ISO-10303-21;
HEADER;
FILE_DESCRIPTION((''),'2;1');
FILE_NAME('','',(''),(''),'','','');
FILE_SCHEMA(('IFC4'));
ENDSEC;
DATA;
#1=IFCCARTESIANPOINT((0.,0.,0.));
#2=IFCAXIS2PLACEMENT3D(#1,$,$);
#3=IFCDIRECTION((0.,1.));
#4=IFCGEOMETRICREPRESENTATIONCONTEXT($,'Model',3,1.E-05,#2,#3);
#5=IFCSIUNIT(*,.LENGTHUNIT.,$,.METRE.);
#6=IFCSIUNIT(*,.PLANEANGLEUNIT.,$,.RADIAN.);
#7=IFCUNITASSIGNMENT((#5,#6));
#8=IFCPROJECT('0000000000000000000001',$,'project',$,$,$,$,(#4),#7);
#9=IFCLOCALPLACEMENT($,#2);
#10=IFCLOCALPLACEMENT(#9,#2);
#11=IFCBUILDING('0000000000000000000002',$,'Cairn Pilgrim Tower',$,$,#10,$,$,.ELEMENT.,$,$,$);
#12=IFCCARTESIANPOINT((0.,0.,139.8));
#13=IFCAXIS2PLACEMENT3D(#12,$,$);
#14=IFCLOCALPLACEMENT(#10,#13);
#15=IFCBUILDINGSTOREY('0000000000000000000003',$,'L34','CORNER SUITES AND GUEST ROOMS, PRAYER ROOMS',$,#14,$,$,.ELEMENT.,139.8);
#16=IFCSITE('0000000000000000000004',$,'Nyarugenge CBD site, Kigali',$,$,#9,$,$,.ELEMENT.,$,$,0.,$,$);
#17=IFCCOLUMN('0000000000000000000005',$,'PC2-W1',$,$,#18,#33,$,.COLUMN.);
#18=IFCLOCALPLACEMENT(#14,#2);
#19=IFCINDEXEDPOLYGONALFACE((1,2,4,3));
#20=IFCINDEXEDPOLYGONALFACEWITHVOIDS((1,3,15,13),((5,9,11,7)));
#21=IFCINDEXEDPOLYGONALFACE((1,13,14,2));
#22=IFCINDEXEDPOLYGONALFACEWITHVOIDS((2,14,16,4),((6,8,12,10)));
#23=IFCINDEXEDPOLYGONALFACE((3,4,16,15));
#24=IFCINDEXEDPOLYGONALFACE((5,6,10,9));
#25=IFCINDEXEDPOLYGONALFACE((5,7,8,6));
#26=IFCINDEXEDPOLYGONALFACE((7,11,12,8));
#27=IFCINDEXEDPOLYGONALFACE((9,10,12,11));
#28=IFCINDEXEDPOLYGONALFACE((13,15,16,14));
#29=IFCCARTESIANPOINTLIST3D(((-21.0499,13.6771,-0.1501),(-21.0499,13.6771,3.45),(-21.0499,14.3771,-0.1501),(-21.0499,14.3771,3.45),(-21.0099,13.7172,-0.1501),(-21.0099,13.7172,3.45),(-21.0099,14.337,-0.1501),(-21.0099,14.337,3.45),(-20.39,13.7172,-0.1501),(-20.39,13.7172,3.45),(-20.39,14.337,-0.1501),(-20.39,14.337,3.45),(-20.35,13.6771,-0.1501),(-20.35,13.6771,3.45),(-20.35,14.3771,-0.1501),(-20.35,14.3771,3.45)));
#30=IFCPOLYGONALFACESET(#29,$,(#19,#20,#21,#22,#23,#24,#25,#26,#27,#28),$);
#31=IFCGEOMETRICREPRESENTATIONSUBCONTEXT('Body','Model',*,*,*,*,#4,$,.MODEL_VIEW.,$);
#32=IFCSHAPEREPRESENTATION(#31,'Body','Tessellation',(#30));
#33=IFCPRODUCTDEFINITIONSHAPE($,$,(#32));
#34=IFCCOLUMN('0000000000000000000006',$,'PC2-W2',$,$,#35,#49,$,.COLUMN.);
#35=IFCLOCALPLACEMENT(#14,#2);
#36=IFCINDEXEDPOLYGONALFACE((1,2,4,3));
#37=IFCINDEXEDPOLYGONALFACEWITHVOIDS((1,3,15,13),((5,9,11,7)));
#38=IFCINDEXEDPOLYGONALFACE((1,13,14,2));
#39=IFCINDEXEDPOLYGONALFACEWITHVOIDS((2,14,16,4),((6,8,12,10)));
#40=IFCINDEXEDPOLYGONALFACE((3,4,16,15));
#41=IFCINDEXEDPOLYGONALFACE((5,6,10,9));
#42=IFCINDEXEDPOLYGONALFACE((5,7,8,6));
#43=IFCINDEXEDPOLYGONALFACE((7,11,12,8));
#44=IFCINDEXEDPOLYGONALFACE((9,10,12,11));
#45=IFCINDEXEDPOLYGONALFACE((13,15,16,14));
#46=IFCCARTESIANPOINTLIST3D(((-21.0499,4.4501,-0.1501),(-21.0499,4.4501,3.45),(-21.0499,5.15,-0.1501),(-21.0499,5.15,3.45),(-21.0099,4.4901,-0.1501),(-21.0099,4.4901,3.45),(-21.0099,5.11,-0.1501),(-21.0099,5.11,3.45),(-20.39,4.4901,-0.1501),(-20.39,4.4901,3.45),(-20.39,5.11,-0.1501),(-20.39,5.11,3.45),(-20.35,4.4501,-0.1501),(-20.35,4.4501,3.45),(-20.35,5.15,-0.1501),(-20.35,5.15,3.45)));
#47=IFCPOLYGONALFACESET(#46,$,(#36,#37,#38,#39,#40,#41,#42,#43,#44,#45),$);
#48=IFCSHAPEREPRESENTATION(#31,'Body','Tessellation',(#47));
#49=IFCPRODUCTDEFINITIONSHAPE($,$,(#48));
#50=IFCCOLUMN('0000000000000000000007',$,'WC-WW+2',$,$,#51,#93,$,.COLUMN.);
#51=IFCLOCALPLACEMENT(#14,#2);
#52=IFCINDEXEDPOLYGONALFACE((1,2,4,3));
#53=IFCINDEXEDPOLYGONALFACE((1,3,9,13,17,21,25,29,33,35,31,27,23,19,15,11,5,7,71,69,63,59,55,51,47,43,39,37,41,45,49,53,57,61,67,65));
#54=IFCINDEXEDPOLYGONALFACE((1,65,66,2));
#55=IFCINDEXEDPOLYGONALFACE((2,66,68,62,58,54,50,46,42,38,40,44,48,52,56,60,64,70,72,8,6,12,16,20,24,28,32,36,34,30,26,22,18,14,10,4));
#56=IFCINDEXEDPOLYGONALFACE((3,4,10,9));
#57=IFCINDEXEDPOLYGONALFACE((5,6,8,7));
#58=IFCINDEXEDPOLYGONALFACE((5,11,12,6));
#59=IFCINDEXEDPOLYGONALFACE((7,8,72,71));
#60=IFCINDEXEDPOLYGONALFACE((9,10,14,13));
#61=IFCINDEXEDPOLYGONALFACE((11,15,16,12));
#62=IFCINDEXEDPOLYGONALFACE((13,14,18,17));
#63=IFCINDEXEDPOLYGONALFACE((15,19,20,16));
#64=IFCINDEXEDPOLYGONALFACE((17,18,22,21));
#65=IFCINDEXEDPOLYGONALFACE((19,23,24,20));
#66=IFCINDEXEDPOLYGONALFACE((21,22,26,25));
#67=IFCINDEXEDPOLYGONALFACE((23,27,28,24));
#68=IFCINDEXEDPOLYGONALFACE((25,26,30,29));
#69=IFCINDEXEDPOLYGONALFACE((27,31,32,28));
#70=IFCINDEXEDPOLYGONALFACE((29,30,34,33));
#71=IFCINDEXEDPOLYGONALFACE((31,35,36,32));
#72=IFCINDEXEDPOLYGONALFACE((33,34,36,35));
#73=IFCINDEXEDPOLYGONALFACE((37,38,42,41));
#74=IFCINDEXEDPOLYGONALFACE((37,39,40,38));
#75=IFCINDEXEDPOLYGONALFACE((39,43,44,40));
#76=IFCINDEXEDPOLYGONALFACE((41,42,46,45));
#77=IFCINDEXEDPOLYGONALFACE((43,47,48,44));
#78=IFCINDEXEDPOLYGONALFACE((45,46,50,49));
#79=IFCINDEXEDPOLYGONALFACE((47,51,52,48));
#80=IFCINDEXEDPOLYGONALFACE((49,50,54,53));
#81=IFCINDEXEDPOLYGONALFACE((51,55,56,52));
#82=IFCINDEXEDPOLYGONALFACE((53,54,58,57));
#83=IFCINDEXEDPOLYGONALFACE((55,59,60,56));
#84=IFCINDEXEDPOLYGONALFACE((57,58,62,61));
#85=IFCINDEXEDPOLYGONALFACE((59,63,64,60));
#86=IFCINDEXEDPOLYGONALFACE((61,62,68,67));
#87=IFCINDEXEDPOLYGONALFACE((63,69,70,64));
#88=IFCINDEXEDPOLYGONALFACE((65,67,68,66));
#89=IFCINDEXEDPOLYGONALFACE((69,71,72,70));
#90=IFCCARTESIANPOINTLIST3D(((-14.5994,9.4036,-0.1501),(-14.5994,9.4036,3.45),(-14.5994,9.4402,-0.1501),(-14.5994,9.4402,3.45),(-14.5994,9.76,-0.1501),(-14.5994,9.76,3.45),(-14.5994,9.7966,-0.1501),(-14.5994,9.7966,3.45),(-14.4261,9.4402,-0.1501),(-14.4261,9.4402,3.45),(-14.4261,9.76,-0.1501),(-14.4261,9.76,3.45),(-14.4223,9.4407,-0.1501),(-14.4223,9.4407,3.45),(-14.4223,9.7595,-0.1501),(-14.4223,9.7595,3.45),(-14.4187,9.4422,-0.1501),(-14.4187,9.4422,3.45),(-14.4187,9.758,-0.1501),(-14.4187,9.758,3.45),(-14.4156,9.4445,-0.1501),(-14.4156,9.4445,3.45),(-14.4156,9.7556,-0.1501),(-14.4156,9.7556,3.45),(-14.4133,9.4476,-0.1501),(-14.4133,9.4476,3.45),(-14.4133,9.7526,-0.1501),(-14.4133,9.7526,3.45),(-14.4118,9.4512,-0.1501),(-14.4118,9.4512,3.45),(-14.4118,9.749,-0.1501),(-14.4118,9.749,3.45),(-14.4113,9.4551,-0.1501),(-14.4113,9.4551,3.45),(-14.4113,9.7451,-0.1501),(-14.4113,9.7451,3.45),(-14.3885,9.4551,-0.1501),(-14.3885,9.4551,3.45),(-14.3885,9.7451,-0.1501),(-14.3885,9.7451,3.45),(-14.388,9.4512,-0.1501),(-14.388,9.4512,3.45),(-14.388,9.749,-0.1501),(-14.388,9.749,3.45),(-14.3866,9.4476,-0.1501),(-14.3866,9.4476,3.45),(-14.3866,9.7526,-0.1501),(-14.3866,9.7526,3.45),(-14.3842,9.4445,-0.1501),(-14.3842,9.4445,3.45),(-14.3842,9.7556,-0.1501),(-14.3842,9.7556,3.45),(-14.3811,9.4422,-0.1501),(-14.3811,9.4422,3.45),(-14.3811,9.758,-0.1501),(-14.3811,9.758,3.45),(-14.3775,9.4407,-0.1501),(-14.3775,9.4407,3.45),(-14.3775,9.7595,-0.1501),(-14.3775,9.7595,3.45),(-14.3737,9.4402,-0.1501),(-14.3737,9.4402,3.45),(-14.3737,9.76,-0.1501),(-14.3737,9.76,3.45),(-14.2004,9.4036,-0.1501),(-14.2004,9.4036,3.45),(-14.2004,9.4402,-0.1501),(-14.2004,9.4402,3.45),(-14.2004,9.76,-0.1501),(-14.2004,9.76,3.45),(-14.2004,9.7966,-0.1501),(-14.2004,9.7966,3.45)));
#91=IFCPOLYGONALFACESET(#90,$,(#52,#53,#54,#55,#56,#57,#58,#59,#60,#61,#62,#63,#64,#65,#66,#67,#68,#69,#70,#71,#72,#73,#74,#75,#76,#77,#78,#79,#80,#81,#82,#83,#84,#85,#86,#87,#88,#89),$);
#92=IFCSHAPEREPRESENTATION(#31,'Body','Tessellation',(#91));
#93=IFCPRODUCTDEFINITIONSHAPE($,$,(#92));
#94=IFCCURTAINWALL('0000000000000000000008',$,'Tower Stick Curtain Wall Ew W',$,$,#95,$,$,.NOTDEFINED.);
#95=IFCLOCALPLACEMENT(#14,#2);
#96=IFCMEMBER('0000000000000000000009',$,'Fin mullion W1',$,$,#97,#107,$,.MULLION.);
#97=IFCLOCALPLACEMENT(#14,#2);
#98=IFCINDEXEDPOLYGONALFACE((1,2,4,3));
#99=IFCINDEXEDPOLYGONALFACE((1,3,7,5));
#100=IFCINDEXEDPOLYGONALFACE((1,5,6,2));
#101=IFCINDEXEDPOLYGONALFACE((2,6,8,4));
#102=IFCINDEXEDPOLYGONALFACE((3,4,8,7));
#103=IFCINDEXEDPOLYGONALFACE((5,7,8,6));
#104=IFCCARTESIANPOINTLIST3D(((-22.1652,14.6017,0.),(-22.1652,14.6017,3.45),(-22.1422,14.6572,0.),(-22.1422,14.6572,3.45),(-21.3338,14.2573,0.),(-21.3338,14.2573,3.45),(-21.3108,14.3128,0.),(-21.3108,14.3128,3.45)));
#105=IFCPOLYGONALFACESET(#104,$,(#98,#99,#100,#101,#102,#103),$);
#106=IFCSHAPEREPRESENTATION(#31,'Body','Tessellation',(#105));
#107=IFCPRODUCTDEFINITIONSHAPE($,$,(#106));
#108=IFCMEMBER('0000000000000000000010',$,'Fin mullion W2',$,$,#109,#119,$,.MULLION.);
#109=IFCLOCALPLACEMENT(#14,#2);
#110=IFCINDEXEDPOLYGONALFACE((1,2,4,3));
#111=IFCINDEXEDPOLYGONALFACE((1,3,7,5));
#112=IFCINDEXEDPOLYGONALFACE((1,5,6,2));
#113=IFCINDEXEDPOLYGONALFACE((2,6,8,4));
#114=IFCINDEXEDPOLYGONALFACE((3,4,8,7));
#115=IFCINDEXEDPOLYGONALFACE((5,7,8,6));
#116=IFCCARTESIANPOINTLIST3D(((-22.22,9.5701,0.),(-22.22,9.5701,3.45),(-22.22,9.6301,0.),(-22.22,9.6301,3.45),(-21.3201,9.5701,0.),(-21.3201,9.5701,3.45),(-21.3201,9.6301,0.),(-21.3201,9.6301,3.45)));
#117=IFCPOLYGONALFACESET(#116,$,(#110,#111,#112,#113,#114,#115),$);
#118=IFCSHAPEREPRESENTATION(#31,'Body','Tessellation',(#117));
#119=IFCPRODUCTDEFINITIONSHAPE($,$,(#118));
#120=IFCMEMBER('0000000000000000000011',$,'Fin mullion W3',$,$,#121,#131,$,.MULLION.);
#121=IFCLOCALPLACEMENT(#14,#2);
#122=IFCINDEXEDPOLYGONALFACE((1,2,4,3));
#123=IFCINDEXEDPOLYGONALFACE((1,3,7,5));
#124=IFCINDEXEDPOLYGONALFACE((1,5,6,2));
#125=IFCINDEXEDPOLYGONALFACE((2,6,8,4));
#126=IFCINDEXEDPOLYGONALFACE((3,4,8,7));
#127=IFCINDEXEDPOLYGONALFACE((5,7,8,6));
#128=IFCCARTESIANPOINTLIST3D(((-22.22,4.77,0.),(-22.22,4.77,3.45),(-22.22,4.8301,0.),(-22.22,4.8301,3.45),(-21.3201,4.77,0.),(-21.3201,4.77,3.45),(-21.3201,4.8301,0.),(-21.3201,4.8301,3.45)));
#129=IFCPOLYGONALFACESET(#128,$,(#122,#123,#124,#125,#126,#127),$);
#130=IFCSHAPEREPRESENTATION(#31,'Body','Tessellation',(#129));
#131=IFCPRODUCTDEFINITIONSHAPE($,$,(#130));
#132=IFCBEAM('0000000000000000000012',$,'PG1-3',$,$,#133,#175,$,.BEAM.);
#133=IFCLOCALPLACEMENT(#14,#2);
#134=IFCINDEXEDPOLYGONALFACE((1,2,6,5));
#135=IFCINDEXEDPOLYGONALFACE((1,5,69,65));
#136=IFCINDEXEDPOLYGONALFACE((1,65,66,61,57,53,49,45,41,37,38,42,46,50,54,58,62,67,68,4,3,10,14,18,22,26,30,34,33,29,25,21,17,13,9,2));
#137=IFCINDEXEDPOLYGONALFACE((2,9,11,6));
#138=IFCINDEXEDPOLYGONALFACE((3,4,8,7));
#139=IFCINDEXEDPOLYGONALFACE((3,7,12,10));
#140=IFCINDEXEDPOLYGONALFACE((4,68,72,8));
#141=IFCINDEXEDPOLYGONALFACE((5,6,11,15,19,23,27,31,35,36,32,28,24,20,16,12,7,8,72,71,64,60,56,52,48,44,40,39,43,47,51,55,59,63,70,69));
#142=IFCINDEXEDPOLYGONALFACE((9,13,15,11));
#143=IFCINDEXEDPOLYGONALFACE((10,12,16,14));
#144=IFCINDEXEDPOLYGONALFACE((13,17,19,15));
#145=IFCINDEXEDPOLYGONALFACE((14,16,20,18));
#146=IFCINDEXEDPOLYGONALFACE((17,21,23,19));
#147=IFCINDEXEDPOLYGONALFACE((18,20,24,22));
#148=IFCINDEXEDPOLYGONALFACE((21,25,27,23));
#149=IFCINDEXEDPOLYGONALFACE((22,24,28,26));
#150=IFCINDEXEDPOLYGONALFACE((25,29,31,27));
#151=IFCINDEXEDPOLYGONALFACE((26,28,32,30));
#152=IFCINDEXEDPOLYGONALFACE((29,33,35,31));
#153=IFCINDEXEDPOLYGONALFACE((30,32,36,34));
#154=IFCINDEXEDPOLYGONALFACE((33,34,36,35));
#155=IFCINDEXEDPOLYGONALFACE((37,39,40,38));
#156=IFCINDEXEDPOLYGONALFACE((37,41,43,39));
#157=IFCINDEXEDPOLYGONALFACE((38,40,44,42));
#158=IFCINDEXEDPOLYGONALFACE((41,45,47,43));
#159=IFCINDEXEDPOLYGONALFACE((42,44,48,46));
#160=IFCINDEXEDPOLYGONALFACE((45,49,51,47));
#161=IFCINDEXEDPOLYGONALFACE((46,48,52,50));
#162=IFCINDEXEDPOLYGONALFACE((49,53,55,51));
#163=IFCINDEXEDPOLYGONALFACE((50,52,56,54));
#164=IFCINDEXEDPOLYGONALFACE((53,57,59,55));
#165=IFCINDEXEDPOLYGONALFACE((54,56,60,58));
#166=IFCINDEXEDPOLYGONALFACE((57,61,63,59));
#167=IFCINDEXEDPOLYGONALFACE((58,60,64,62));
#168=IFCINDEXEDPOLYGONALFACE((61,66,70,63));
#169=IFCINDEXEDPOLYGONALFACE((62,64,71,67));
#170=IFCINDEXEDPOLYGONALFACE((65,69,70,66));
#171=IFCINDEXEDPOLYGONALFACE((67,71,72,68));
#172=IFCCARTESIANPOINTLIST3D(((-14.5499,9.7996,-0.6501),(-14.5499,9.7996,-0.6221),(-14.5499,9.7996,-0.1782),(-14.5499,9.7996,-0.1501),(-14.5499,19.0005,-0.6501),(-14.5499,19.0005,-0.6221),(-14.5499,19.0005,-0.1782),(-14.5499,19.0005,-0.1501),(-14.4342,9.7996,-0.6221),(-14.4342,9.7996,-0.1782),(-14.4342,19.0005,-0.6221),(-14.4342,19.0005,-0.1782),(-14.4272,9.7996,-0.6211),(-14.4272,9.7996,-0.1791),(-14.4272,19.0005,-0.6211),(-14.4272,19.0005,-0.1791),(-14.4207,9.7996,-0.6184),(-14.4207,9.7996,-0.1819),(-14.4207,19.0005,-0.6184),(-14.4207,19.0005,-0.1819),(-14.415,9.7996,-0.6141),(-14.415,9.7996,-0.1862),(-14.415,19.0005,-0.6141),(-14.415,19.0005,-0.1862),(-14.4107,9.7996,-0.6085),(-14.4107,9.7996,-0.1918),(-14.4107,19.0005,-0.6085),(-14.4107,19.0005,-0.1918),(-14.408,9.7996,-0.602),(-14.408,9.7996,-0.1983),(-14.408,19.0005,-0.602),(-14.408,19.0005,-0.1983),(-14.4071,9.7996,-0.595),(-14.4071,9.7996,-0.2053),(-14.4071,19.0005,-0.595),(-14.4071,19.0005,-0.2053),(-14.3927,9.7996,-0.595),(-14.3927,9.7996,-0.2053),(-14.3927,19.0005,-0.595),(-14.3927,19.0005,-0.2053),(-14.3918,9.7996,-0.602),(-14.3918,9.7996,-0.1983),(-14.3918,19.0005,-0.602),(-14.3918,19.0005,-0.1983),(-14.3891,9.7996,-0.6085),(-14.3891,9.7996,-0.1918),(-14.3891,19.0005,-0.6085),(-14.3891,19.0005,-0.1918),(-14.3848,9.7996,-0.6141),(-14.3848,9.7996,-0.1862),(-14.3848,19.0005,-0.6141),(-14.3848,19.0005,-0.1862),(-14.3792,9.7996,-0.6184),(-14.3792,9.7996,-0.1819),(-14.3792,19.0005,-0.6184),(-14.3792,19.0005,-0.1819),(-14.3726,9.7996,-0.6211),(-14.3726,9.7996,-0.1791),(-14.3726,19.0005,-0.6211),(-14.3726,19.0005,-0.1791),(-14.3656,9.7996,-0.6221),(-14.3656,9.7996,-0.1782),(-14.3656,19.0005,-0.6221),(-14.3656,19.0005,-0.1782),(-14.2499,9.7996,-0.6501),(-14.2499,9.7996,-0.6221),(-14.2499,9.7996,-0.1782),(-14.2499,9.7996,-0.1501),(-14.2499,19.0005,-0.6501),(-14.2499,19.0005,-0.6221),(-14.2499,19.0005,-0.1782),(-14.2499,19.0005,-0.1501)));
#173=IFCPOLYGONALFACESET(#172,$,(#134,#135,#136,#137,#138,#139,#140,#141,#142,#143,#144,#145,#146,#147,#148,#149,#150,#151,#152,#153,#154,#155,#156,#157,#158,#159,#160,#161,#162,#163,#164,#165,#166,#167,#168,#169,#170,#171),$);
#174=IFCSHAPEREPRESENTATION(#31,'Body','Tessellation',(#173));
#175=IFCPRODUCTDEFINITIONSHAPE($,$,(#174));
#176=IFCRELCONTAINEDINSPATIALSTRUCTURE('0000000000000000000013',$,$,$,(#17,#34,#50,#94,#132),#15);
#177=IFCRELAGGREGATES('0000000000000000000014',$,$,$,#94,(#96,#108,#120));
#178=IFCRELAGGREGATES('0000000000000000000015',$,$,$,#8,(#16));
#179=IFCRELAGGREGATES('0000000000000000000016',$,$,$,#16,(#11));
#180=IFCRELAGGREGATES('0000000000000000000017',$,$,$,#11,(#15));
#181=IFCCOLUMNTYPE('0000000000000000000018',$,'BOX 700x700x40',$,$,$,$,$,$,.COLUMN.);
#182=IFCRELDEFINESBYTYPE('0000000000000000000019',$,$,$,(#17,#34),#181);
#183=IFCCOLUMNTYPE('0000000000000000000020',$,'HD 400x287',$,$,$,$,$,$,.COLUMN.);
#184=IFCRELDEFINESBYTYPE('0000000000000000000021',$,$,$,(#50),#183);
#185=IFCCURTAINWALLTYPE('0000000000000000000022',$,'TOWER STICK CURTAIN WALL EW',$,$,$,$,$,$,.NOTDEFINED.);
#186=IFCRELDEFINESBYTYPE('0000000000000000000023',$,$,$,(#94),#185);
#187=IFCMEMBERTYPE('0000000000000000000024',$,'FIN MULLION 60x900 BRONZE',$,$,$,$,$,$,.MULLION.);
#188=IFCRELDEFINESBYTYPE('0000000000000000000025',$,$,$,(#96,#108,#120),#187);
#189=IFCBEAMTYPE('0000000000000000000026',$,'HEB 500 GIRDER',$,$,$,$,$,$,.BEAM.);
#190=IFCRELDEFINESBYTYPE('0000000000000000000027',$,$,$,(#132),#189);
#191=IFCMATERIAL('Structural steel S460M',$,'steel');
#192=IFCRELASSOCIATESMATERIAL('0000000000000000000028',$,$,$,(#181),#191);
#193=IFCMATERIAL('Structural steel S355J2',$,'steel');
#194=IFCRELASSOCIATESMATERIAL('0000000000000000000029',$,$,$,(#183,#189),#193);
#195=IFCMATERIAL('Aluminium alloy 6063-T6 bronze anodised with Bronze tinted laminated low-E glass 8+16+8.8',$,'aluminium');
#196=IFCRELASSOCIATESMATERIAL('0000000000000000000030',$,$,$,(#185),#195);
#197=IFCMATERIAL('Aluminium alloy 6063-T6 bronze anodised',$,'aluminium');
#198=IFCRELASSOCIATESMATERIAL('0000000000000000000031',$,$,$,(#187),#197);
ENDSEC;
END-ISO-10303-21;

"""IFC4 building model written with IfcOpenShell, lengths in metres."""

from ifc_helpers import new_model, si_unit, direction, frame, origin, origin_2d, place, context, subcontext, project, spatial, rectangle, hollow_rectangle, i_section, extrude, material, material_profile, profile_set, type_object, element, aggregate, save


model = new_model("IFC4")

# Units and contexts
model_context = context("Model", 3, precision=1e-05, world=origin(), true_north=direction((0.0, 1.0)))
body_context = subcontext(model_context, "Body", "Model", "MODEL_VIEW")
ifc_project = project(units=[si_unit("LENGTHUNIT", "METRE"), si_unit("PLANEANGLEUNIT", "RADIAN")], contexts=[model_context])

# Site, building, storey
site_placement = place(None, origin())
site = spatial("IfcSite", under=ifc_project, at=site_placement, Name="Nyarugenge CBD site, Kigali", CompositionType="ELEMENT", RefElevation=0.0)
building_placement = place(site_placement, origin())
building = spatial("IfcBuilding", under=site, at=building_placement, Name="Cairn Pilgrim Tower", CompositionType="ELEMENT")
storey_placement = place(building_placement, frame((0.0, 0.0, 139.8)))
storey = spatial("IfcBuildingStorey", under=building, at=storey_placement, Name="L34", Description="CORNER SUITES AND GUEST ROOMS, PRAYER ROOMS", CompositionType="ELEMENT", Elevation=139.8)

# Columns
ifc_material_1 = material(Name="Structural steel S460M", Category="steel")
ifc_material_profile_1 = material_profile(ifc_material_1, hollow_rectangle(XDim=0.7, YDim=0.7, WallThickness=0.04, at=origin_2d()), Name="BOX 700x700x40")
ifc_profile_set_1 = profile_set([ifc_material_profile_1], Name="Structural steel S460M")
column_type_1 = type_object("IfcColumnType", Name="BOX 700x700x40", PredefinedType="COLUMN", material=ifc_profile_set_1)
for number, where, z_axis, x_axis, name in (
    (1, (-20.7, 14.0271, -0.1501), (0.0, 0.0, 1.0), (1.0, 0.0, 0.0), "PC2-W1"),
    (2, (-20.7, 4.8, -0.1501), (0.0, 0.0, 1.0), (1.0, 0.0, 0.0), "PC2-W2"),
):
    element("IfcColumn", number, at=place(storey_placement, frame(where, z_axis=z_axis, x_axis=x_axis)), inside=storey, type_object=column_type_1, Name=name, PredefinedType="COLUMN", context=body_context, shape_type="SweptSolid", body=[
        extrude(hollow_rectangle(XDim=0.7, YDim=0.7, WallThickness=0.04, at=origin_2d()), origin(), (0.0, 0.0, 1.0), 3.6001),
    ])
ifc_material_2 = material(Name="Structural steel S355J2", Category="steel")
ifc_material_profile_2 = material_profile(ifc_material_2, i_section(OverallWidth=0.3989, OverallDepth=0.3931, WebThickness=0.0227, FlangeThickness=0.0366, FilletRadius=0.0149, at=origin_2d()), Name="HD 400x287")
ifc_profile_set_2 = profile_set([ifc_material_profile_2], Name="Structural steel S355J2")
column_type_2 = type_object("IfcColumnType", Name="HD 400x287", PredefinedType="COLUMN", material=ifc_profile_set_2)
column_placement = place(storey_placement, frame((-14.3999, 9.6001, -0.1501), z_axis=(0.0, 0.0, 1.0), x_axis=(1.0, 0.0, 0.0)))
element("IfcColumn", 3, at=column_placement, inside=storey, type_object=column_type_2, Name="WC-WW+2", PredefinedType="COLUMN", context=body_context, shape_type="SweptSolid", body=[
    extrude(i_section(OverallWidth=0.3989, OverallDepth=0.3931, WebThickness=0.0227, FlangeThickness=0.0366, FilletRadius=0.0149, at=origin_2d()), origin(), (0.0, 0.0, 1.0), 3.6001),
])

# Curtain wall, members
ifc_material_3 = material(Name="Aluminium alloy 6063-T6 bronze anodised with Bronze tinted laminated low-E glass 8+16+8.8", Category="aluminium")
curtain_wall_type = type_object("IfcCurtainWallType", Name="TOWER STICK CURTAIN WALL EW", PredefinedType="NOTDEFINED", material=ifc_material_3)
curtain_wall_placement = place(storey_placement, origin())
curtain_wall = element("IfcCurtainWall", 4, at=curtain_wall_placement, inside=storey, type_object=curtain_wall_type, Name="Tower Stick Curtain Wall Ew W", PredefinedType="NOTDEFINED")
ifc_material_4 = material(Name="Aluminium alloy 6063-T6 bronze anodised", Category="aluminium")
ifc_material_profile_3 = material_profile(ifc_material_4, rectangle(XDim=0.8999, YDim=0.0601, at=origin_2d()), Name="FIN MULLION 60x900 BRONZE")
ifc_profile_set_3 = profile_set([ifc_material_profile_3], Name="Aluminium alloy 6063-T6 bronze anodised")
member_type_1 = type_object("IfcMemberType", Name="FIN MULLION 60x900 BRONZE", PredefinedType="MULLION", material=ifc_profile_set_3)
member_1_placement = place(storey_placement, frame((-21.738, 14.4573, 0.0), z_axis=(0.0, 0.0, 1.0), x_axis=(-0.92388, 0.382683, 0.0)))
member_1 = element("IfcMember", 5, at=member_1_placement, type_object=member_type_1, Name="Fin mullion W1", PredefinedType="MULLION", context=body_context, shape_type="SweptSolid", body=[
    extrude(rectangle(XDim=0.8999, YDim=0.0601, at=origin_2d()), origin(), (0.0, 0.0, 1.0), 3.45),
])
member_2_placement = place(storey_placement, frame((-21.77, 9.6001, 0.0), z_axis=(0.0, 0.0, 1.0), x_axis=(-1.0, 0.0, 0.0)))
member_2 = element("IfcMember", 6, at=member_2_placement, type_object=member_type_1, Name="Fin mullion W2", PredefinedType="MULLION", context=body_context, shape_type="SweptSolid", body=[
    extrude(rectangle(XDim=0.8999, YDim=0.0601, at=origin_2d()), origin(), (0.0, 0.0, 1.0), 3.45),
])
member_3_placement = place(storey_placement, frame((-21.77, 4.8, 0.0), z_axis=(0.0, 0.0, 1.0), x_axis=(-1.0, 0.0, 0.0)))
member_3 = element("IfcMember", 7, at=member_3_placement, type_object=member_type_1, Name="Fin mullion W3", PredefinedType="MULLION", context=body_context, shape_type="SweptSolid", body=[
    extrude(rectangle(XDim=0.8999, YDim=0.0601, at=origin_2d()), origin(), (0.0, 0.0, 1.0), 3.45),
])

# Beam
ifc_material_profile_4 = material_profile(ifc_material_2, i_section(OverallWidth=0.3, OverallDepth=0.5, WebThickness=0.0144, FlangeThickness=0.0281, FilletRadius=0.0271, at=origin_2d()), Name="HEB 500")
ifc_profile_set_4 = profile_set([ifc_material_profile_4], Name="Structural steel S355J2")
beam_type_1 = type_object("IfcBeamType", Name="HEB 500 GIRDER", PredefinedType="BEAM", material=ifc_profile_set_4)
beam_1_placement = place(storey_placement, frame((-14.3999, 9.7996, -0.4001), z_axis=(0.0, 1.0, 0.0), x_axis=(-1.0, 0.0, 0.0)))
element("IfcBeam", 8, at=beam_1_placement, inside=storey, type_object=beam_type_1, Name="PG1-3", PredefinedType="BEAM", context=body_context, shape_type="SweptSolid", body=[
    extrude(i_section(OverallWidth=0.3, OverallDepth=0.5, WebThickness=0.0144, FlangeThickness=0.0281, FilletRadius=0.0271, at=origin_2d()), origin(), (0.0, 0.0, 1.0), 9.2009),
])

aggregate(curtain_wall, [member_1, member_2, member_3])

save(model, "model.ifc")
